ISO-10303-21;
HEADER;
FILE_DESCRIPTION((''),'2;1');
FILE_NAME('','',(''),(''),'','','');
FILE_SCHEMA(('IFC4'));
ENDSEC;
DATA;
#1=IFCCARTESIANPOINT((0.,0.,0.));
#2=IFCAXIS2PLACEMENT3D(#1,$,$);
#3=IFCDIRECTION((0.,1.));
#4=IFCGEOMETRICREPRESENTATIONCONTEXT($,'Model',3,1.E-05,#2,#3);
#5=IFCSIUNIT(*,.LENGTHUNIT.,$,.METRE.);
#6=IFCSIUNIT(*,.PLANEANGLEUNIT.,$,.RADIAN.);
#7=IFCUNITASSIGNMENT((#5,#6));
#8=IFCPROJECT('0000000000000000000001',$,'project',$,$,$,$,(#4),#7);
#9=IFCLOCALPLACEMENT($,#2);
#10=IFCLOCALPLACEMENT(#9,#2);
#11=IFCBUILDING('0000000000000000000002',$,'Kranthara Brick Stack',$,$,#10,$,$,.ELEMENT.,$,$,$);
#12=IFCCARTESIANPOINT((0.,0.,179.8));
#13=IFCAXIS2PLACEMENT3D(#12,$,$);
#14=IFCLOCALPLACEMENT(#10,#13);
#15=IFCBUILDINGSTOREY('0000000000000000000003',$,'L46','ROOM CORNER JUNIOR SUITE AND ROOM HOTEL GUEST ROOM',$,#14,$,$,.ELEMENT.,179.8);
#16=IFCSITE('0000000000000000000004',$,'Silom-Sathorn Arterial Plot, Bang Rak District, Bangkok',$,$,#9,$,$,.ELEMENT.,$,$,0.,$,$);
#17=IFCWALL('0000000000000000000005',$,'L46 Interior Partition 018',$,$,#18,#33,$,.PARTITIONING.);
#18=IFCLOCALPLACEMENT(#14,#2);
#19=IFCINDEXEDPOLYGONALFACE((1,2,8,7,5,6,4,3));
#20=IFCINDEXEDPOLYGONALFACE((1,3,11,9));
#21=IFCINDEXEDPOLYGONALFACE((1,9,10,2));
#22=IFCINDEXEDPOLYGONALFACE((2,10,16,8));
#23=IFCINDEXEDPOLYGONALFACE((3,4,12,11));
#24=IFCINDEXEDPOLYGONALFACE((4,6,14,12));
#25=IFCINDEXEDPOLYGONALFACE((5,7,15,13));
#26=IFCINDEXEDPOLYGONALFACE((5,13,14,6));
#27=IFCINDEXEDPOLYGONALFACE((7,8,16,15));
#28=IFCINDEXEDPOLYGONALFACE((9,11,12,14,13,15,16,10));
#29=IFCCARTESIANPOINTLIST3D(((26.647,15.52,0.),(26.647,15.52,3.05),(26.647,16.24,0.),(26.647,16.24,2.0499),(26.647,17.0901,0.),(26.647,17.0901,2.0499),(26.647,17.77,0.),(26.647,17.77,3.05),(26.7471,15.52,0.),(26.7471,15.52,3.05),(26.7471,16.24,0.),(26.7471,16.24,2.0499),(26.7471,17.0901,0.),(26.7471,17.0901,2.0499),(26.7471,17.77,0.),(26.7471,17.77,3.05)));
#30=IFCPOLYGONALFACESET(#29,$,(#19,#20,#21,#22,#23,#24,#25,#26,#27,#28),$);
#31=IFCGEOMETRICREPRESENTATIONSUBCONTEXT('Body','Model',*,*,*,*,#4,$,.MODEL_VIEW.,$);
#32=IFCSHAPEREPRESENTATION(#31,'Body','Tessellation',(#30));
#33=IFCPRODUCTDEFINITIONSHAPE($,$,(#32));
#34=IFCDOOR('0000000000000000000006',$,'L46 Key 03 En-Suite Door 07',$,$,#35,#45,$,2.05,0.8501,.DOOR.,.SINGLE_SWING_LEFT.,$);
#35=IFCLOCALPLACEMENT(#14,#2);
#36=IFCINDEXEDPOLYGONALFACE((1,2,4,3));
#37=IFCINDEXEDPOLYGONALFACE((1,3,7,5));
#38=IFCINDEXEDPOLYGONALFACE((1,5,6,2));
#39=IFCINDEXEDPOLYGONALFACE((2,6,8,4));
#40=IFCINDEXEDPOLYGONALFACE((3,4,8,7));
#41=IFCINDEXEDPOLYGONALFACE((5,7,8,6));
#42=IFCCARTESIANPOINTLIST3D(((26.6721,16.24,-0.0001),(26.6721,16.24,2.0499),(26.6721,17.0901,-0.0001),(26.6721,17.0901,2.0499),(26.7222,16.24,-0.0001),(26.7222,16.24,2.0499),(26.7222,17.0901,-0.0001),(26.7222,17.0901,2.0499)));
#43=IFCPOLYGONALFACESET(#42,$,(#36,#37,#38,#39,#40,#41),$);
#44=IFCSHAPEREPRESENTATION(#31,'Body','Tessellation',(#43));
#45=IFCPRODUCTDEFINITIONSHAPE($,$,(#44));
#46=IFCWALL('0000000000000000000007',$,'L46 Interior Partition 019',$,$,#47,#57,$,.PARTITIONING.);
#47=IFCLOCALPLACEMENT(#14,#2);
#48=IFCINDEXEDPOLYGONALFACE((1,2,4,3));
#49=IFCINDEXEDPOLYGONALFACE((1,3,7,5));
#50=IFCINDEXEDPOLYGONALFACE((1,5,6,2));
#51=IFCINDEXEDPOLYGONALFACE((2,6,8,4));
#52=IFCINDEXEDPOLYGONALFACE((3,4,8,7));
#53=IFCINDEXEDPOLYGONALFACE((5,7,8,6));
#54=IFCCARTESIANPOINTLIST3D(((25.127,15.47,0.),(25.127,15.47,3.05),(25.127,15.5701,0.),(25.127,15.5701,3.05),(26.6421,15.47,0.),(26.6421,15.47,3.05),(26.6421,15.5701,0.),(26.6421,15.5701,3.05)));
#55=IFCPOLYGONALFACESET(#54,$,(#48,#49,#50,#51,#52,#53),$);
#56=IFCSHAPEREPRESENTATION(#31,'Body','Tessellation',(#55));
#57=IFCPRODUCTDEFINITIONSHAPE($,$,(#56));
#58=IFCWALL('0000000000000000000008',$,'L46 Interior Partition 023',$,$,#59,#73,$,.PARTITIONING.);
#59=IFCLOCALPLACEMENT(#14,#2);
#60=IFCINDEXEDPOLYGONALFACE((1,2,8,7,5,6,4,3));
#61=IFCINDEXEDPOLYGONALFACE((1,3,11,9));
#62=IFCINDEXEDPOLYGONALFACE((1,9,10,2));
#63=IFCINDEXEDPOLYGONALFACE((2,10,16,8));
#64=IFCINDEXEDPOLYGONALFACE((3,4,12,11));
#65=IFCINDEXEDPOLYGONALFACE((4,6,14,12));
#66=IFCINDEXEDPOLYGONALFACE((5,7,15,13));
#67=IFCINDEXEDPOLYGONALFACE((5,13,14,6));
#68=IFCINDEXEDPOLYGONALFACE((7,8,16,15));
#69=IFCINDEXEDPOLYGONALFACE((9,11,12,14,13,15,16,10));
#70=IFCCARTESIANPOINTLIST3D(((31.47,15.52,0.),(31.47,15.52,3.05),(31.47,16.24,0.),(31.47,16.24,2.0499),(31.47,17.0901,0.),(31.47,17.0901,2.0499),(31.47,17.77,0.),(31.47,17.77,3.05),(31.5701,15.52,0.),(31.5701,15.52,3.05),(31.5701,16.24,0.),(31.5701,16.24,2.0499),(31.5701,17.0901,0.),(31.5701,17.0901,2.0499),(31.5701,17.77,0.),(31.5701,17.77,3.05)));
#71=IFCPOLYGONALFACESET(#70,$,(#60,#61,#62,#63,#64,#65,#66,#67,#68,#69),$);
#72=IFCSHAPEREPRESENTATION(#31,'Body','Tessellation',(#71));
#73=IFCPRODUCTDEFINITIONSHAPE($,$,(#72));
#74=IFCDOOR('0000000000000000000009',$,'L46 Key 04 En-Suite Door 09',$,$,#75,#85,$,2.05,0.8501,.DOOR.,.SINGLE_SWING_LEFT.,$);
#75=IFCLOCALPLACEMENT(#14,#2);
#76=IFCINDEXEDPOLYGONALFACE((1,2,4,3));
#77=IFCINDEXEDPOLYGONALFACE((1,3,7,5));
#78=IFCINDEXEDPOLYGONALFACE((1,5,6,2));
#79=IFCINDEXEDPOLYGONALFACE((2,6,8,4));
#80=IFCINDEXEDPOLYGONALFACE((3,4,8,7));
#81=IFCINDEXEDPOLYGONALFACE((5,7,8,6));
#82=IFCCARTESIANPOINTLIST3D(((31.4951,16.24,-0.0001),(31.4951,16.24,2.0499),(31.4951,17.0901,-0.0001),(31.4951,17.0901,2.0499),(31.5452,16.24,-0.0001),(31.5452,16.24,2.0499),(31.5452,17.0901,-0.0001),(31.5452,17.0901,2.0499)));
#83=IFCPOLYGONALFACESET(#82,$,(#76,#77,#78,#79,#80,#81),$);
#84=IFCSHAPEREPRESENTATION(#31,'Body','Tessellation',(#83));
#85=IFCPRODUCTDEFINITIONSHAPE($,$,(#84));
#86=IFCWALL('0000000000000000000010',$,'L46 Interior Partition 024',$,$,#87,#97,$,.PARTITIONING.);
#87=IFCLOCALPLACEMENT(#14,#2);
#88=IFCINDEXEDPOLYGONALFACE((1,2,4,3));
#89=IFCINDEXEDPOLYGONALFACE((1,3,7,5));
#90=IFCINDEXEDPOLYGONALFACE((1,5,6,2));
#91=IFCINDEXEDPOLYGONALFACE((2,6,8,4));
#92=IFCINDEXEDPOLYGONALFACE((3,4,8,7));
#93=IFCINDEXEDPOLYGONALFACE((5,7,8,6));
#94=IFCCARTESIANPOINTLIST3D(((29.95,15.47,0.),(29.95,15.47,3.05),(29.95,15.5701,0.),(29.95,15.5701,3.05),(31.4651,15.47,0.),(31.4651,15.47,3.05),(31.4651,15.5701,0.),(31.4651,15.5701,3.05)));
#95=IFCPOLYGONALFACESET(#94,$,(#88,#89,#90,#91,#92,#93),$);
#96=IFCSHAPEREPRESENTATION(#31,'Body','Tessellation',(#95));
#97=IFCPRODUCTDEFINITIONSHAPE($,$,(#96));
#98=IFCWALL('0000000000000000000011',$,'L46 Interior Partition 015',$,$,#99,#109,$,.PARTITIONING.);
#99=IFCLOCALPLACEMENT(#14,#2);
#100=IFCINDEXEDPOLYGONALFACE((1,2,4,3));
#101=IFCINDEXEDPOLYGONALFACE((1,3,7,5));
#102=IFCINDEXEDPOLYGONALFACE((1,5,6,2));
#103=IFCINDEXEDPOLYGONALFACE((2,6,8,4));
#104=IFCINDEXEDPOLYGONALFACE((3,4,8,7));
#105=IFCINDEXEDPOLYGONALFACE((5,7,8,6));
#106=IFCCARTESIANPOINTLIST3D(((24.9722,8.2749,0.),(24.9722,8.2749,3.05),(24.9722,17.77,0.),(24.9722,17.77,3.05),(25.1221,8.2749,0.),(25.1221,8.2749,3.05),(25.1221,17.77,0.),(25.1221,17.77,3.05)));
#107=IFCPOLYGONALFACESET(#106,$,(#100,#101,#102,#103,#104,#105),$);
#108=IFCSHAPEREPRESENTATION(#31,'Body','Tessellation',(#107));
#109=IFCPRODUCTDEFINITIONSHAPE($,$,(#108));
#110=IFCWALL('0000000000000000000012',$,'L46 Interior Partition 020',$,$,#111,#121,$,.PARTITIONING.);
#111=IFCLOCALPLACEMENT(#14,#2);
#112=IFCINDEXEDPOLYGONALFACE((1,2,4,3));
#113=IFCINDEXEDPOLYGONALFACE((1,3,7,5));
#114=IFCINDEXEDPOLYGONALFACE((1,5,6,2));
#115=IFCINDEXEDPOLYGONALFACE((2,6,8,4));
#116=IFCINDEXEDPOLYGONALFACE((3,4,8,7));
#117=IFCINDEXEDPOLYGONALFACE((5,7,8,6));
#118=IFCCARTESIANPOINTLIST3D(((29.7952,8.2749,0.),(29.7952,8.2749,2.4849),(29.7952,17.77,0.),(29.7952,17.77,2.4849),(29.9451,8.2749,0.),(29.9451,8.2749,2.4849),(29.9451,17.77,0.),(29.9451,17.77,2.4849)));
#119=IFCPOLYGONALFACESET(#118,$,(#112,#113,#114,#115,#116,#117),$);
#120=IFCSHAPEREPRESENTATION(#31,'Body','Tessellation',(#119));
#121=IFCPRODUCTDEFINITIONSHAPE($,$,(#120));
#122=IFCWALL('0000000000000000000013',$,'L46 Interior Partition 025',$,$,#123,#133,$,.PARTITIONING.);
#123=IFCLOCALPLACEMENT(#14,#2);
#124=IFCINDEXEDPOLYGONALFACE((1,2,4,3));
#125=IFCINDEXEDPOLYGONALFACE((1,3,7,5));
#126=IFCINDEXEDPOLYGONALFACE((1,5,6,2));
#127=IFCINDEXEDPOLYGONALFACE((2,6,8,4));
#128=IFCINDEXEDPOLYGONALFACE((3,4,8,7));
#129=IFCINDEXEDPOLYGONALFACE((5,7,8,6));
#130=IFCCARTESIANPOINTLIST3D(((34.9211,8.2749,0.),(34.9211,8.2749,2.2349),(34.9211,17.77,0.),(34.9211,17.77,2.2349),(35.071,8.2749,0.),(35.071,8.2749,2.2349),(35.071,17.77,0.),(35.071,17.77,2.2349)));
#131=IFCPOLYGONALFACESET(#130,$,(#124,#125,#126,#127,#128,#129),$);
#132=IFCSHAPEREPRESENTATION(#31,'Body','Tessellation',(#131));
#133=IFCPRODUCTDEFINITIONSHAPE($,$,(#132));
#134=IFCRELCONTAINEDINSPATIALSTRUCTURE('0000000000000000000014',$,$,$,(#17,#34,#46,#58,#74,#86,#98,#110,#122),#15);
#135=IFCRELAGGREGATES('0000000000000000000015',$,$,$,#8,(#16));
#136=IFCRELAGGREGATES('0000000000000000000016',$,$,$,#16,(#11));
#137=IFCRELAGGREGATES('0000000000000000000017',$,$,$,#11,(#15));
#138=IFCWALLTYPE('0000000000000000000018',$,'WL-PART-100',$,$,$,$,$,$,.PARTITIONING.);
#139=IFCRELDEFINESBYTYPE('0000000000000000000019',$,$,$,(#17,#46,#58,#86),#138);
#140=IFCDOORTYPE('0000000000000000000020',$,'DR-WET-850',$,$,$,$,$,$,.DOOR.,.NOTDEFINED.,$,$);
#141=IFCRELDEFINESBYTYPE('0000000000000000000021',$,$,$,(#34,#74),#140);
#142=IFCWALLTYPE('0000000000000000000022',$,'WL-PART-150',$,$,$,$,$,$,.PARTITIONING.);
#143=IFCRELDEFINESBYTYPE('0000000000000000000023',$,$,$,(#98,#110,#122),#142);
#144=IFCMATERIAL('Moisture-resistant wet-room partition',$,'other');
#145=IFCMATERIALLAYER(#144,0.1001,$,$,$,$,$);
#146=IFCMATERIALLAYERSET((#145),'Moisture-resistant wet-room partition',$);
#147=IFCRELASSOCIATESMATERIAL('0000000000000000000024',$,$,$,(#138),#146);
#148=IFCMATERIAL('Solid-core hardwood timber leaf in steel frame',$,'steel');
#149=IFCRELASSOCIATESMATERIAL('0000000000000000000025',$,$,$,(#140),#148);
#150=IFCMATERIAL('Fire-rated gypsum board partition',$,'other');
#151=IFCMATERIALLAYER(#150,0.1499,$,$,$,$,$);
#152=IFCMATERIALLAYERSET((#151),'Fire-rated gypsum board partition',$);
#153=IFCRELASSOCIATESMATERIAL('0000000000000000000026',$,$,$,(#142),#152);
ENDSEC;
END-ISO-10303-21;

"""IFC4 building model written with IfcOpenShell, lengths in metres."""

from ifc_helpers import new_model, si_unit, direction, frame, frame_2d, origin, place, context, subcontext, project, spatial, rectangle, extrude, material, layer, layer_set, type_object, element, fill, save


model = new_model("IFC4")

# Units and contexts
model_context = context("Model", 3, precision=1e-05, world=origin(), true_north=direction((0.0, 1.0)))
body_context = subcontext(model_context, "Body", "Model", "MODEL_VIEW")
ifc_project = project(units=[si_unit("LENGTHUNIT", "METRE"), si_unit("PLANEANGLEUNIT", "RADIAN")], contexts=[model_context])

# Site, building, storey
site_placement = place(None, origin())
site = spatial("IfcSite", under=ifc_project, at=site_placement, Name="Silom-Sathorn Arterial Plot, Bang Rak District, Bangkok", CompositionType="ELEMENT", RefElevation=0.0)
building_placement = place(site_placement, origin())
building = spatial("IfcBuilding", under=site, at=building_placement, Name="Kranthara Brick Stack", CompositionType="ELEMENT")
storey_placement = place(building_placement, frame((0.0, 0.0, 179.8)))
storey = spatial("IfcBuildingStorey", under=building, at=storey_placement, Name="L46", Description="ROOM CORNER JUNIOR SUITE AND ROOM HOTEL GUEST ROOM", CompositionType="ELEMENT", Elevation=179.8)

# Wall, opening, door
ifc_material_1 = material(Name="Moisture-resistant wet-room partition", Category="other")
ifc_layer_1 = layer(ifc_material_1, 0.1001)
ifc_layer_set_1 = layer_set([ifc_layer_1], Name="Moisture-resistant wet-room partition")
wall_type_1 = type_object("IfcWallType", Name="WL-PART-100", PredefinedType="PARTITIONING", material=ifc_layer_set_1)
wall_1_placement = place(storey_placement, frame((26.697, 15.52, 0.0), z_axis=(0.0, 0.0, 1.0), x_axis=(0.0, 1.0, 0.0)))
wall_1 = element("IfcWall", 1, at=wall_1_placement, inside=storey, type_object=wall_type_1, Name="L46 Interior Partition 018", PredefinedType="PARTITIONING", context=body_context, shape_type="SweptSolid", body=[
    extrude(rectangle(XDim=2.25, YDim=0.1001, at=frame_2d((1.125, 0.0))), origin(), (0.0, 0.0, 1.0), 3.05),
])
opening_1_placement = place(wall_1_placement, frame((0.72, 0.0, 0.0)))
opening_1 = element("IfcOpeningElement", 2, at=opening_1_placement, cuts=wall_1, PredefinedType="OPENING", context=body_context, shape_type="SweptSolid", body=[
    extrude(rectangle(XDim=0.8501, YDim=2.05, at=frame_2d((0.425, 1.0249))), frame((0.0, 0.0601, 0.0), z_axis=(0.0, -1.0, 0.0), x_axis=(1.0, 0.0, 0.0)), (0.0, 0.0, 1.0), 0.1201),
])
ifc_material_2 = material(Name="Solid-core hardwood timber leaf in steel frame", Category="steel")
door_type = type_object("IfcDoorType", Name="DR-WET-850", OperationType="NOTDEFINED", PredefinedType="DOOR", material=ifc_material_2)
door_1_placement = place(opening_1_placement, origin())
door_1 = element("IfcDoor", 3, at=door_1_placement, inside=storey, type_object=door_type, Name="L46 Key 03 En-Suite Door 07", OperationType="SINGLE_SWING_LEFT", OverallHeight=2.05, OverallWidth=0.8501, PredefinedType="DOOR", context=body_context, shape_type="SweptSolid", body=[
    extrude(rectangle(XDim=0.8501, YDim=2.05, at=frame_2d((0.425, 1.0249))), frame((0.0, 0.0249, 0.0), z_axis=(0.0, -1.0, 0.0), x_axis=(1.0, 0.0, 0.0)), (0.0, 0.0, 1.0), 0.05),
])
fill(opening_1, door_1)

# Wall
wall_2_placement = place(storey_placement, frame((25.127, 15.52, 0.0), z_axis=(0.0, 0.0, 1.0), x_axis=(1.0, 0.0, 0.0)))
element("IfcWall", 4, at=wall_2_placement, inside=storey, type_object=wall_type_1, Name="L46 Interior Partition 019", PredefinedType="PARTITIONING", context=body_context, shape_type="SweptSolid", body=[
    extrude(rectangle(XDim=1.5151, YDim=0.1001, at=frame_2d((0.7576, 0.0))), origin(), (0.0, 0.0, 1.0), 3.05),
])

# Wall, opening, door
wall_3_placement = place(storey_placement, frame((31.52, 15.52, 0.0), z_axis=(0.0, 0.0, 1.0), x_axis=(0.0, 1.0, 0.0)))
wall_3 = element("IfcWall", 5, at=wall_3_placement, inside=storey, type_object=wall_type_1, Name="L46 Interior Partition 023", PredefinedType="PARTITIONING", context=body_context, shape_type="SweptSolid", body=[
    extrude(rectangle(XDim=2.25, YDim=0.1001, at=frame_2d((1.125, 0.0))), origin(), (0.0, 0.0, 1.0), 3.05),
])
opening_2_placement = place(wall_3_placement, frame((0.72, 0.0, 0.0)))
opening_2 = element("IfcOpeningElement", 6, at=opening_2_placement, cuts=wall_3, PredefinedType="OPENING", context=body_context, shape_type="SweptSolid", body=[
    extrude(rectangle(XDim=0.8501, YDim=2.05, at=frame_2d((0.425, 1.0249))), frame((0.0, 0.0601, 0.0), z_axis=(0.0, -1.0, 0.0), x_axis=(1.0, 0.0, 0.0)), (0.0, 0.0, 1.0), 0.1201),
])
door_2_placement = place(opening_2_placement, origin())
door_2 = element("IfcDoor", 7, at=door_2_placement, inside=storey, type_object=door_type, Name="L46 Key 04 En-Suite Door 09", OperationType="SINGLE_SWING_LEFT", OverallHeight=2.05, OverallWidth=0.8501, PredefinedType="DOOR", context=body_context, shape_type="SweptSolid", body=[
    extrude(rectangle(XDim=0.8501, YDim=2.05, at=frame_2d((0.425, 1.0249))), frame((0.0, 0.0249, 0.0), z_axis=(0.0, -1.0, 0.0), x_axis=(1.0, 0.0, 0.0)), (0.0, 0.0, 1.0), 0.05),
])
fill(opening_2, door_2)

# Walls
wall_4_placement = place(storey_placement, frame((29.95, 15.52, 0.0), z_axis=(0.0, 0.0, 1.0), x_axis=(1.0, 0.0, 0.0)))
element("IfcWall", 8, at=wall_4_placement, inside=storey, type_object=wall_type_1, Name="L46 Interior Partition 024", PredefinedType="PARTITIONING", context=body_context, shape_type="SweptSolid", body=[
    extrude(rectangle(XDim=1.5151, YDim=0.1001, at=frame_2d((0.7576, 0.0))), origin(), (0.0, 0.0, 1.0), 3.05),
])
ifc_material_3 = material(Name="Fire-rated gypsum board partition", Category="other")
ifc_layer_2 = layer(ifc_material_3, 0.1499)
ifc_layer_set_2 = layer_set([ifc_layer_2], Name="Fire-rated gypsum board partition")
wall_type_2 = type_object("IfcWallType", Name="WL-PART-150", PredefinedType="PARTITIONING", material=ifc_layer_set_2)
wall_5_placement = place(storey_placement, frame((25.0471, 8.2749, 0.0), z_axis=(0.0, 0.0, 1.0), x_axis=(0.0, 1.0, 0.0)))
element("IfcWall", 9, at=wall_5_placement, inside=storey, type_object=wall_type_2, Name="L46 Interior Partition 015", PredefinedType="PARTITIONING", context=body_context, shape_type="SweptSolid", body=[
    extrude(rectangle(XDim=9.4951, YDim=0.1499, at=frame_2d((4.7476, 0.0))), origin(), (0.0, 0.0, 1.0), 3.05),
])
wall_6_placement = place(storey_placement, frame((29.8701, 8.2749, 0.0), z_axis=(0.0, 0.0, 1.0), x_axis=(0.0, 1.0, 0.0)))
element("IfcWall", 10, at=wall_6_placement, inside=storey, type_object=wall_type_2, Name="L46 Interior Partition 020", PredefinedType="PARTITIONING", context=body_context, shape_type="SweptSolid", body=[
    extrude(rectangle(XDim=9.4951, YDim=0.1499, at=frame_2d((4.7476, 0.0))), origin(), (0.0, 0.0, 1.0), 2.4849),
])
wall_7_placement = place(storey_placement, frame((34.9961, 8.2749, 0.0), z_axis=(0.0, 0.0, 1.0), x_axis=(0.0, 1.0, 0.0)))
element("IfcWall", 11, at=wall_7_placement, inside=storey, type_object=wall_type_2, Name="L46 Interior Partition 025", PredefinedType="PARTITIONING", context=body_context, shape_type="SweptSolid", body=[
    extrude(rectangle(XDim=9.4951, YDim=0.1499, at=frame_2d((4.7476, 0.0))), origin(), (0.0, 0.0, 1.0), 2.2349),
])

save(model, "model.ifc")
